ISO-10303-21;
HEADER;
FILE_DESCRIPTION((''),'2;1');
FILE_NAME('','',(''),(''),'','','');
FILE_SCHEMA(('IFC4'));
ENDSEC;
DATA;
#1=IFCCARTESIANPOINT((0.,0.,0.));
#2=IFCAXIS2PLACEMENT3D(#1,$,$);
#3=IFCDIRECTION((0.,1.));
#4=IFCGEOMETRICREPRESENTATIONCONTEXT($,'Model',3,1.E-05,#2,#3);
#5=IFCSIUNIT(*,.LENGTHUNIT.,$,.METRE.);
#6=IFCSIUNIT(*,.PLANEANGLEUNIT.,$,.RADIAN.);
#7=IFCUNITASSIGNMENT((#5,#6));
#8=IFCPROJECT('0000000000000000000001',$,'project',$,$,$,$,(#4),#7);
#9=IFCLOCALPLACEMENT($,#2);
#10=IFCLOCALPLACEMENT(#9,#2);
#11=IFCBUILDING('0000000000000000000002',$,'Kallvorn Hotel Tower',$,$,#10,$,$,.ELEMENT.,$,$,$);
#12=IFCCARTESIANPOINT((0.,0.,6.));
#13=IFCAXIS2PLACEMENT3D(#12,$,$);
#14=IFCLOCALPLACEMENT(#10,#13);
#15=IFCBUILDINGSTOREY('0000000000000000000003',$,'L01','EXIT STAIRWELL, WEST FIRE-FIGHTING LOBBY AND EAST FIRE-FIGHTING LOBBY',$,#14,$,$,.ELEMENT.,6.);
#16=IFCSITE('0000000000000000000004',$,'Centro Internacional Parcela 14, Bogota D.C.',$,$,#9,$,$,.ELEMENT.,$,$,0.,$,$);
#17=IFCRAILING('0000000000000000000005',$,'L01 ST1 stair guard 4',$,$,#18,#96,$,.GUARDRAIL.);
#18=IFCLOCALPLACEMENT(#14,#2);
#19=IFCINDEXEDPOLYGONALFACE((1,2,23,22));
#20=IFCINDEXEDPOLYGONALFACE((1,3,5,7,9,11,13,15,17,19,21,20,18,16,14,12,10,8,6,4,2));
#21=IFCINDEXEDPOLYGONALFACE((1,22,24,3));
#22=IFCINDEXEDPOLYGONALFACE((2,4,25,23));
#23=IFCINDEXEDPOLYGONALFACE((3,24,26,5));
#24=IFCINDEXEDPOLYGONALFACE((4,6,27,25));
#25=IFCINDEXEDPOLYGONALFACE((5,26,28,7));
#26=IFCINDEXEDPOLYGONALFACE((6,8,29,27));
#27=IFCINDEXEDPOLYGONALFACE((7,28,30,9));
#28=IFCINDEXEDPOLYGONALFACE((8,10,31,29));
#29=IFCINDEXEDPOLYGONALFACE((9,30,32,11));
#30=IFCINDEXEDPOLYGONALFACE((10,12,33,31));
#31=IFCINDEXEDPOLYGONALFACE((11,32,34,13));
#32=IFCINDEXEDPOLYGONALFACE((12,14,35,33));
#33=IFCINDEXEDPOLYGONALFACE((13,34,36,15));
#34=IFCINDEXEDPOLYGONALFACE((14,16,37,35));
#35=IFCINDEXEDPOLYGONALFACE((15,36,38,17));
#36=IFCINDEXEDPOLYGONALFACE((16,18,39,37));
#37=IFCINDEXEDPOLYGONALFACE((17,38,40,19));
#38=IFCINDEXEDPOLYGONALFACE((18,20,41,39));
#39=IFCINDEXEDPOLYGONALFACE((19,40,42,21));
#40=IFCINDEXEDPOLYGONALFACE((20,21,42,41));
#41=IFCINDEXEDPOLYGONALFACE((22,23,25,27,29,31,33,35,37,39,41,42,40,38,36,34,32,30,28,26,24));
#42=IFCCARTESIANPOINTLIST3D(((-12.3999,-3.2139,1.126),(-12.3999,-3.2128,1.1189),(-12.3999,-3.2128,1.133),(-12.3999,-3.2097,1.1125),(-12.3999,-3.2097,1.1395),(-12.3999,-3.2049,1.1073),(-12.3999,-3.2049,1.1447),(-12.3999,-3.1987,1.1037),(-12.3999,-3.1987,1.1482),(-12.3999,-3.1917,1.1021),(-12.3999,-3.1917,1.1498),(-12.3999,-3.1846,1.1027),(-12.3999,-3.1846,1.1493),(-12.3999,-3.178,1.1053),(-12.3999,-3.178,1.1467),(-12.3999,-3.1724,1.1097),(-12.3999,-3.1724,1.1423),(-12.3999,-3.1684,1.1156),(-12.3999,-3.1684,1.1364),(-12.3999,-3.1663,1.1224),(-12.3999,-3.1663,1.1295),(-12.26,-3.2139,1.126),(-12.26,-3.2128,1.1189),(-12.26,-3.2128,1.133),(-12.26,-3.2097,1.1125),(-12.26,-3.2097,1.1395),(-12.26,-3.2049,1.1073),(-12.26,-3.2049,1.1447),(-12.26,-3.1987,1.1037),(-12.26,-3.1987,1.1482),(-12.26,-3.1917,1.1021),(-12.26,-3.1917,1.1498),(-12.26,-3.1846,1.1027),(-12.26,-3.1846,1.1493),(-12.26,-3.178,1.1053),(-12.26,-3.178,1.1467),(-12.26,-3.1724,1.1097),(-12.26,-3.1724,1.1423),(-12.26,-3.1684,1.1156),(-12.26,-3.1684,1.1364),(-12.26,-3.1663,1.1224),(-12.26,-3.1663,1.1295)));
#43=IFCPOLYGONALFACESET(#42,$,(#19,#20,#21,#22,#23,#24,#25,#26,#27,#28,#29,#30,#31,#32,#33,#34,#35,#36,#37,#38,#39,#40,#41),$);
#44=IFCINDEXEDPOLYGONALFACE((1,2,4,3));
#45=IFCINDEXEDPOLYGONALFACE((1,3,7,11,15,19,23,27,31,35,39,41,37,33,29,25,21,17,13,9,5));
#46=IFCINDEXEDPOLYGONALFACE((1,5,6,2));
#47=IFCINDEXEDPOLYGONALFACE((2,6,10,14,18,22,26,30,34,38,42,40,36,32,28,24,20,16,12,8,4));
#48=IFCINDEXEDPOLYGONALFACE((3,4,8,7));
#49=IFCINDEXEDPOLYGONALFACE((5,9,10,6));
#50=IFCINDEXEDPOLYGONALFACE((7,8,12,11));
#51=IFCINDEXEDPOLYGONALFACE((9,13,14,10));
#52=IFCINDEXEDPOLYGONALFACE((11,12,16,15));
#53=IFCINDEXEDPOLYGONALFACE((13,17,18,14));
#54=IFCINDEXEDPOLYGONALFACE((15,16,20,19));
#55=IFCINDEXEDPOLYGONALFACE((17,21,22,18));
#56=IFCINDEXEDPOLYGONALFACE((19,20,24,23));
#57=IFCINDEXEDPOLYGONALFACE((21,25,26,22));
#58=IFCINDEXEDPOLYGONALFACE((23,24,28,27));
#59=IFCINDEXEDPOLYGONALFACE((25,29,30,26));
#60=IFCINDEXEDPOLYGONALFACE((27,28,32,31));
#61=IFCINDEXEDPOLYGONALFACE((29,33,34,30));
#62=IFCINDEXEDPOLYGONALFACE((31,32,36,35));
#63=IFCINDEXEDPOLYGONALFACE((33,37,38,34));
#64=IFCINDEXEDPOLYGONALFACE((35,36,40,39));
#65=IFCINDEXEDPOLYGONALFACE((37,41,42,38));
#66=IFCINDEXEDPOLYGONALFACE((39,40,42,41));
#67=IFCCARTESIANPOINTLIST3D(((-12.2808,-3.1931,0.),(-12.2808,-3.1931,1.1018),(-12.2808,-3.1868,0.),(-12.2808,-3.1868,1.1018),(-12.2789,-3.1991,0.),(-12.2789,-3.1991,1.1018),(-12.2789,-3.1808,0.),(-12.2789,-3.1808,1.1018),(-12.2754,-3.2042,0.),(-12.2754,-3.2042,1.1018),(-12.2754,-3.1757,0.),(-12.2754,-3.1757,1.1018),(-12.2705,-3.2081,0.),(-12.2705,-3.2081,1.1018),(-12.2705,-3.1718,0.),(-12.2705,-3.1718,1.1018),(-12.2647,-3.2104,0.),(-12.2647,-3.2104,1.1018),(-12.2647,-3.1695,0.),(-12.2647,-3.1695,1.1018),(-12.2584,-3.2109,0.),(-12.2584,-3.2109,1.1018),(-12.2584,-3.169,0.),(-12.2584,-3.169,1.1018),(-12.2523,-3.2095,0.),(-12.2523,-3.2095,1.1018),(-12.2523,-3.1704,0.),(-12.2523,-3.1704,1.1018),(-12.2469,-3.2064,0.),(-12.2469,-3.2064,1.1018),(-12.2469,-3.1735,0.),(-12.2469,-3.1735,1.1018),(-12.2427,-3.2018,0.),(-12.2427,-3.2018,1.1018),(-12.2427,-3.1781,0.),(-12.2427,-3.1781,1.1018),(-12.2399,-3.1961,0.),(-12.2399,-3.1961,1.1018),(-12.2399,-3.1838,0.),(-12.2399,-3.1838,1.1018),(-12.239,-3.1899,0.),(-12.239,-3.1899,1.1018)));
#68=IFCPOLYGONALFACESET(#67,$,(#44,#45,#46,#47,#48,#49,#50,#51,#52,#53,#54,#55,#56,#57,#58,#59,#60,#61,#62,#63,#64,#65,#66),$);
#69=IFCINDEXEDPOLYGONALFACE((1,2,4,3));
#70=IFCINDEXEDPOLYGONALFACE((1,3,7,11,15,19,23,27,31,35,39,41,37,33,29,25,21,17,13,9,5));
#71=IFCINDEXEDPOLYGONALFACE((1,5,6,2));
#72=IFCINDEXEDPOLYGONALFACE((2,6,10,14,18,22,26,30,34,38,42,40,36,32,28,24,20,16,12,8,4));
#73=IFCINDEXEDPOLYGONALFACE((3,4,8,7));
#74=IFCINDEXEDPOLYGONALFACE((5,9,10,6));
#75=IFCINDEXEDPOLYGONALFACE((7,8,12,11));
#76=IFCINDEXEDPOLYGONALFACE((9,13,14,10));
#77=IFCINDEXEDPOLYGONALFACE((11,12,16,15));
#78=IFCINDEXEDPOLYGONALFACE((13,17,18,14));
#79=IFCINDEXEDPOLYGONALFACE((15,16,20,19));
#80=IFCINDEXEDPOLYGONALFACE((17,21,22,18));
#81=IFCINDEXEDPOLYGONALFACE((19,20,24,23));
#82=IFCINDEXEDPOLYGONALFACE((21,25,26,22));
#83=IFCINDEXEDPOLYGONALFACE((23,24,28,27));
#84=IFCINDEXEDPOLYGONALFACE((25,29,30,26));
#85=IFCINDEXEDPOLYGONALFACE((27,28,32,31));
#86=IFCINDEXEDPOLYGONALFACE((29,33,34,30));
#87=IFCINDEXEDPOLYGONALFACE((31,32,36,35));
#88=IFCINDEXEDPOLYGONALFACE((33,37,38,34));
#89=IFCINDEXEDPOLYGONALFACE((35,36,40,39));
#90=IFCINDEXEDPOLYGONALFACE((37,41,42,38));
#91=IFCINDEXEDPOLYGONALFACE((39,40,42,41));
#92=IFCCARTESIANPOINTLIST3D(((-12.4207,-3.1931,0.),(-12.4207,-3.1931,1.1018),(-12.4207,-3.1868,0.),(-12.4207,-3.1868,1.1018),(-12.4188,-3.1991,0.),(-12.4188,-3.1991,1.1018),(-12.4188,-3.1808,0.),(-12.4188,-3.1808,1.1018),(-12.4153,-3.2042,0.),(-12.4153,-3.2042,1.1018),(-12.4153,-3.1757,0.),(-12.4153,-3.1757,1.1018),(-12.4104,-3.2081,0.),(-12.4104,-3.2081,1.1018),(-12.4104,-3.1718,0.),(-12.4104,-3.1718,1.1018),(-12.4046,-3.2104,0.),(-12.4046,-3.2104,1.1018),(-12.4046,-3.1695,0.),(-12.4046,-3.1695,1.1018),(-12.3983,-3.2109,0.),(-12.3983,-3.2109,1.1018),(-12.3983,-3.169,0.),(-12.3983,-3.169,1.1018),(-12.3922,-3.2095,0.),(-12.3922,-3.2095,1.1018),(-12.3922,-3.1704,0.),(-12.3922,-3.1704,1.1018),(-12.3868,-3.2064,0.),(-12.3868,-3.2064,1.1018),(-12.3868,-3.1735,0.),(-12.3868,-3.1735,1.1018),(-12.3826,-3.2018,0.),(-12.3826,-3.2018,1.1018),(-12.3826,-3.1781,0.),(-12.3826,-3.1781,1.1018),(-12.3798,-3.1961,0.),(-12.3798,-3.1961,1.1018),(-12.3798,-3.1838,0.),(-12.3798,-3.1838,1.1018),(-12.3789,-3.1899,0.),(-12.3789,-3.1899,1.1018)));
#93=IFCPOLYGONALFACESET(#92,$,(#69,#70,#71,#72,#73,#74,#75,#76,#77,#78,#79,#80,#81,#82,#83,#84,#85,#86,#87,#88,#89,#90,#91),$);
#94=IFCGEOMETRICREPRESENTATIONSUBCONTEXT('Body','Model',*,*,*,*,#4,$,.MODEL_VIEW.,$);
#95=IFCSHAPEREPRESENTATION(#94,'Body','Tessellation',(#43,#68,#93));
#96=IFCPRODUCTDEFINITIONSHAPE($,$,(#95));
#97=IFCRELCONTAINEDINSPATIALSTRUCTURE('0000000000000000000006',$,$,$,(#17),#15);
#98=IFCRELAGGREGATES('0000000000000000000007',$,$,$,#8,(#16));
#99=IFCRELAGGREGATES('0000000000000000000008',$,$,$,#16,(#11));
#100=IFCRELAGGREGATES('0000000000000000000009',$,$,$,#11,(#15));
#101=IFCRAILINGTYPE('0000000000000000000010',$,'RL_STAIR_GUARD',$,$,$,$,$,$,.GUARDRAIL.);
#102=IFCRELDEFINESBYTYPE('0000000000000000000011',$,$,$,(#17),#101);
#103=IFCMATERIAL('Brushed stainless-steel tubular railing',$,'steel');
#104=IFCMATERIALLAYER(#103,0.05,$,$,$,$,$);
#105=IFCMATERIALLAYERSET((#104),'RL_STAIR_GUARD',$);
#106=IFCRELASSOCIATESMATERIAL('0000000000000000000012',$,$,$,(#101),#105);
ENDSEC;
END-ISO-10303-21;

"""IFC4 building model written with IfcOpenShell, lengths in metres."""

from ifc_helpers import new_model, si_unit, direction, frame, origin, origin_2d, place, context, subcontext, project, spatial, circle, extrude, material, layer, layer_set, type_object, element, save


model = new_model("IFC4")

# Units and contexts
model_context = context("Model", 3, precision=1e-05, world=origin(), true_north=direction((0.0, 1.0)))
body_context = subcontext(model_context, "Body", "Model", "MODEL_VIEW")
ifc_project = project(units=[si_unit("LENGTHUNIT", "METRE"), si_unit("PLANEANGLEUNIT", "RADIAN")], contexts=[model_context])

# Site, building, storey
site_placement = place(None, origin())
site = spatial("IfcSite", under=ifc_project, at=site_placement, Name="Centro Internacional Parcela 14, Bogota D.C.", CompositionType="ELEMENT", RefElevation=0.0)
building_placement = place(site_placement, origin())
building = spatial("IfcBuilding", under=site, at=building_placement, Name="Kallvorn Hotel Tower", CompositionType="ELEMENT")
storey_placement = place(building_placement, frame((0.0, 0.0, 6.0)))
storey = spatial("IfcBuildingStorey", under=building, at=storey_placement, Name="L01", Description="EXIT STAIRWELL, WEST FIRE-FIGHTING LOBBY AND EAST FIRE-FIGHTING LOBBY", CompositionType="ELEMENT", Elevation=6.0)

# Railing
ifc_material_1 = material(Name="Brushed stainless-steel tubular railing", Category="steel")
ifc_layer_1 = layer(ifc_material_1, 0.05)
ifc_layer_set_1 = layer_set([ifc_layer_1], Name="RL_STAIR_GUARD")
railing_type_1 = type_object("IfcRailingType", Name="RL_STAIR_GUARD", PredefinedType="GUARDRAIL", material=ifc_layer_set_1)
railing_1_placement = place(storey_placement, frame((-12.26, -3.1899, 0.0)))
element("IfcRailing", 1, at=railing_1_placement, inside=storey, type_object=railing_type_1, Name="L01 ST1 stair guard 4", PredefinedType="GUARDRAIL", context=body_context, shape_type="SweptSolid", body=[
    extrude(circle(Radius=0.0239, at=origin_2d()), frame((0.0, 0.0, 1.126), z_axis=(-1.0, 0.0, 0.0), x_axis=(0.0, -1.0, 0.0)), (0.0, 0.0, 1.0), 0.1399),
    extrude(circle(Radius=0.021, at=origin_2d()), origin(), (0.0, 0.0, 1.0), 1.1018),
    extrude(circle(Radius=0.021, at=origin_2d()), frame((-0.1399, 0.0, 0.0)), (0.0, 0.0, 1.0), 1.1018),
])

save(model, "model.ifc")
